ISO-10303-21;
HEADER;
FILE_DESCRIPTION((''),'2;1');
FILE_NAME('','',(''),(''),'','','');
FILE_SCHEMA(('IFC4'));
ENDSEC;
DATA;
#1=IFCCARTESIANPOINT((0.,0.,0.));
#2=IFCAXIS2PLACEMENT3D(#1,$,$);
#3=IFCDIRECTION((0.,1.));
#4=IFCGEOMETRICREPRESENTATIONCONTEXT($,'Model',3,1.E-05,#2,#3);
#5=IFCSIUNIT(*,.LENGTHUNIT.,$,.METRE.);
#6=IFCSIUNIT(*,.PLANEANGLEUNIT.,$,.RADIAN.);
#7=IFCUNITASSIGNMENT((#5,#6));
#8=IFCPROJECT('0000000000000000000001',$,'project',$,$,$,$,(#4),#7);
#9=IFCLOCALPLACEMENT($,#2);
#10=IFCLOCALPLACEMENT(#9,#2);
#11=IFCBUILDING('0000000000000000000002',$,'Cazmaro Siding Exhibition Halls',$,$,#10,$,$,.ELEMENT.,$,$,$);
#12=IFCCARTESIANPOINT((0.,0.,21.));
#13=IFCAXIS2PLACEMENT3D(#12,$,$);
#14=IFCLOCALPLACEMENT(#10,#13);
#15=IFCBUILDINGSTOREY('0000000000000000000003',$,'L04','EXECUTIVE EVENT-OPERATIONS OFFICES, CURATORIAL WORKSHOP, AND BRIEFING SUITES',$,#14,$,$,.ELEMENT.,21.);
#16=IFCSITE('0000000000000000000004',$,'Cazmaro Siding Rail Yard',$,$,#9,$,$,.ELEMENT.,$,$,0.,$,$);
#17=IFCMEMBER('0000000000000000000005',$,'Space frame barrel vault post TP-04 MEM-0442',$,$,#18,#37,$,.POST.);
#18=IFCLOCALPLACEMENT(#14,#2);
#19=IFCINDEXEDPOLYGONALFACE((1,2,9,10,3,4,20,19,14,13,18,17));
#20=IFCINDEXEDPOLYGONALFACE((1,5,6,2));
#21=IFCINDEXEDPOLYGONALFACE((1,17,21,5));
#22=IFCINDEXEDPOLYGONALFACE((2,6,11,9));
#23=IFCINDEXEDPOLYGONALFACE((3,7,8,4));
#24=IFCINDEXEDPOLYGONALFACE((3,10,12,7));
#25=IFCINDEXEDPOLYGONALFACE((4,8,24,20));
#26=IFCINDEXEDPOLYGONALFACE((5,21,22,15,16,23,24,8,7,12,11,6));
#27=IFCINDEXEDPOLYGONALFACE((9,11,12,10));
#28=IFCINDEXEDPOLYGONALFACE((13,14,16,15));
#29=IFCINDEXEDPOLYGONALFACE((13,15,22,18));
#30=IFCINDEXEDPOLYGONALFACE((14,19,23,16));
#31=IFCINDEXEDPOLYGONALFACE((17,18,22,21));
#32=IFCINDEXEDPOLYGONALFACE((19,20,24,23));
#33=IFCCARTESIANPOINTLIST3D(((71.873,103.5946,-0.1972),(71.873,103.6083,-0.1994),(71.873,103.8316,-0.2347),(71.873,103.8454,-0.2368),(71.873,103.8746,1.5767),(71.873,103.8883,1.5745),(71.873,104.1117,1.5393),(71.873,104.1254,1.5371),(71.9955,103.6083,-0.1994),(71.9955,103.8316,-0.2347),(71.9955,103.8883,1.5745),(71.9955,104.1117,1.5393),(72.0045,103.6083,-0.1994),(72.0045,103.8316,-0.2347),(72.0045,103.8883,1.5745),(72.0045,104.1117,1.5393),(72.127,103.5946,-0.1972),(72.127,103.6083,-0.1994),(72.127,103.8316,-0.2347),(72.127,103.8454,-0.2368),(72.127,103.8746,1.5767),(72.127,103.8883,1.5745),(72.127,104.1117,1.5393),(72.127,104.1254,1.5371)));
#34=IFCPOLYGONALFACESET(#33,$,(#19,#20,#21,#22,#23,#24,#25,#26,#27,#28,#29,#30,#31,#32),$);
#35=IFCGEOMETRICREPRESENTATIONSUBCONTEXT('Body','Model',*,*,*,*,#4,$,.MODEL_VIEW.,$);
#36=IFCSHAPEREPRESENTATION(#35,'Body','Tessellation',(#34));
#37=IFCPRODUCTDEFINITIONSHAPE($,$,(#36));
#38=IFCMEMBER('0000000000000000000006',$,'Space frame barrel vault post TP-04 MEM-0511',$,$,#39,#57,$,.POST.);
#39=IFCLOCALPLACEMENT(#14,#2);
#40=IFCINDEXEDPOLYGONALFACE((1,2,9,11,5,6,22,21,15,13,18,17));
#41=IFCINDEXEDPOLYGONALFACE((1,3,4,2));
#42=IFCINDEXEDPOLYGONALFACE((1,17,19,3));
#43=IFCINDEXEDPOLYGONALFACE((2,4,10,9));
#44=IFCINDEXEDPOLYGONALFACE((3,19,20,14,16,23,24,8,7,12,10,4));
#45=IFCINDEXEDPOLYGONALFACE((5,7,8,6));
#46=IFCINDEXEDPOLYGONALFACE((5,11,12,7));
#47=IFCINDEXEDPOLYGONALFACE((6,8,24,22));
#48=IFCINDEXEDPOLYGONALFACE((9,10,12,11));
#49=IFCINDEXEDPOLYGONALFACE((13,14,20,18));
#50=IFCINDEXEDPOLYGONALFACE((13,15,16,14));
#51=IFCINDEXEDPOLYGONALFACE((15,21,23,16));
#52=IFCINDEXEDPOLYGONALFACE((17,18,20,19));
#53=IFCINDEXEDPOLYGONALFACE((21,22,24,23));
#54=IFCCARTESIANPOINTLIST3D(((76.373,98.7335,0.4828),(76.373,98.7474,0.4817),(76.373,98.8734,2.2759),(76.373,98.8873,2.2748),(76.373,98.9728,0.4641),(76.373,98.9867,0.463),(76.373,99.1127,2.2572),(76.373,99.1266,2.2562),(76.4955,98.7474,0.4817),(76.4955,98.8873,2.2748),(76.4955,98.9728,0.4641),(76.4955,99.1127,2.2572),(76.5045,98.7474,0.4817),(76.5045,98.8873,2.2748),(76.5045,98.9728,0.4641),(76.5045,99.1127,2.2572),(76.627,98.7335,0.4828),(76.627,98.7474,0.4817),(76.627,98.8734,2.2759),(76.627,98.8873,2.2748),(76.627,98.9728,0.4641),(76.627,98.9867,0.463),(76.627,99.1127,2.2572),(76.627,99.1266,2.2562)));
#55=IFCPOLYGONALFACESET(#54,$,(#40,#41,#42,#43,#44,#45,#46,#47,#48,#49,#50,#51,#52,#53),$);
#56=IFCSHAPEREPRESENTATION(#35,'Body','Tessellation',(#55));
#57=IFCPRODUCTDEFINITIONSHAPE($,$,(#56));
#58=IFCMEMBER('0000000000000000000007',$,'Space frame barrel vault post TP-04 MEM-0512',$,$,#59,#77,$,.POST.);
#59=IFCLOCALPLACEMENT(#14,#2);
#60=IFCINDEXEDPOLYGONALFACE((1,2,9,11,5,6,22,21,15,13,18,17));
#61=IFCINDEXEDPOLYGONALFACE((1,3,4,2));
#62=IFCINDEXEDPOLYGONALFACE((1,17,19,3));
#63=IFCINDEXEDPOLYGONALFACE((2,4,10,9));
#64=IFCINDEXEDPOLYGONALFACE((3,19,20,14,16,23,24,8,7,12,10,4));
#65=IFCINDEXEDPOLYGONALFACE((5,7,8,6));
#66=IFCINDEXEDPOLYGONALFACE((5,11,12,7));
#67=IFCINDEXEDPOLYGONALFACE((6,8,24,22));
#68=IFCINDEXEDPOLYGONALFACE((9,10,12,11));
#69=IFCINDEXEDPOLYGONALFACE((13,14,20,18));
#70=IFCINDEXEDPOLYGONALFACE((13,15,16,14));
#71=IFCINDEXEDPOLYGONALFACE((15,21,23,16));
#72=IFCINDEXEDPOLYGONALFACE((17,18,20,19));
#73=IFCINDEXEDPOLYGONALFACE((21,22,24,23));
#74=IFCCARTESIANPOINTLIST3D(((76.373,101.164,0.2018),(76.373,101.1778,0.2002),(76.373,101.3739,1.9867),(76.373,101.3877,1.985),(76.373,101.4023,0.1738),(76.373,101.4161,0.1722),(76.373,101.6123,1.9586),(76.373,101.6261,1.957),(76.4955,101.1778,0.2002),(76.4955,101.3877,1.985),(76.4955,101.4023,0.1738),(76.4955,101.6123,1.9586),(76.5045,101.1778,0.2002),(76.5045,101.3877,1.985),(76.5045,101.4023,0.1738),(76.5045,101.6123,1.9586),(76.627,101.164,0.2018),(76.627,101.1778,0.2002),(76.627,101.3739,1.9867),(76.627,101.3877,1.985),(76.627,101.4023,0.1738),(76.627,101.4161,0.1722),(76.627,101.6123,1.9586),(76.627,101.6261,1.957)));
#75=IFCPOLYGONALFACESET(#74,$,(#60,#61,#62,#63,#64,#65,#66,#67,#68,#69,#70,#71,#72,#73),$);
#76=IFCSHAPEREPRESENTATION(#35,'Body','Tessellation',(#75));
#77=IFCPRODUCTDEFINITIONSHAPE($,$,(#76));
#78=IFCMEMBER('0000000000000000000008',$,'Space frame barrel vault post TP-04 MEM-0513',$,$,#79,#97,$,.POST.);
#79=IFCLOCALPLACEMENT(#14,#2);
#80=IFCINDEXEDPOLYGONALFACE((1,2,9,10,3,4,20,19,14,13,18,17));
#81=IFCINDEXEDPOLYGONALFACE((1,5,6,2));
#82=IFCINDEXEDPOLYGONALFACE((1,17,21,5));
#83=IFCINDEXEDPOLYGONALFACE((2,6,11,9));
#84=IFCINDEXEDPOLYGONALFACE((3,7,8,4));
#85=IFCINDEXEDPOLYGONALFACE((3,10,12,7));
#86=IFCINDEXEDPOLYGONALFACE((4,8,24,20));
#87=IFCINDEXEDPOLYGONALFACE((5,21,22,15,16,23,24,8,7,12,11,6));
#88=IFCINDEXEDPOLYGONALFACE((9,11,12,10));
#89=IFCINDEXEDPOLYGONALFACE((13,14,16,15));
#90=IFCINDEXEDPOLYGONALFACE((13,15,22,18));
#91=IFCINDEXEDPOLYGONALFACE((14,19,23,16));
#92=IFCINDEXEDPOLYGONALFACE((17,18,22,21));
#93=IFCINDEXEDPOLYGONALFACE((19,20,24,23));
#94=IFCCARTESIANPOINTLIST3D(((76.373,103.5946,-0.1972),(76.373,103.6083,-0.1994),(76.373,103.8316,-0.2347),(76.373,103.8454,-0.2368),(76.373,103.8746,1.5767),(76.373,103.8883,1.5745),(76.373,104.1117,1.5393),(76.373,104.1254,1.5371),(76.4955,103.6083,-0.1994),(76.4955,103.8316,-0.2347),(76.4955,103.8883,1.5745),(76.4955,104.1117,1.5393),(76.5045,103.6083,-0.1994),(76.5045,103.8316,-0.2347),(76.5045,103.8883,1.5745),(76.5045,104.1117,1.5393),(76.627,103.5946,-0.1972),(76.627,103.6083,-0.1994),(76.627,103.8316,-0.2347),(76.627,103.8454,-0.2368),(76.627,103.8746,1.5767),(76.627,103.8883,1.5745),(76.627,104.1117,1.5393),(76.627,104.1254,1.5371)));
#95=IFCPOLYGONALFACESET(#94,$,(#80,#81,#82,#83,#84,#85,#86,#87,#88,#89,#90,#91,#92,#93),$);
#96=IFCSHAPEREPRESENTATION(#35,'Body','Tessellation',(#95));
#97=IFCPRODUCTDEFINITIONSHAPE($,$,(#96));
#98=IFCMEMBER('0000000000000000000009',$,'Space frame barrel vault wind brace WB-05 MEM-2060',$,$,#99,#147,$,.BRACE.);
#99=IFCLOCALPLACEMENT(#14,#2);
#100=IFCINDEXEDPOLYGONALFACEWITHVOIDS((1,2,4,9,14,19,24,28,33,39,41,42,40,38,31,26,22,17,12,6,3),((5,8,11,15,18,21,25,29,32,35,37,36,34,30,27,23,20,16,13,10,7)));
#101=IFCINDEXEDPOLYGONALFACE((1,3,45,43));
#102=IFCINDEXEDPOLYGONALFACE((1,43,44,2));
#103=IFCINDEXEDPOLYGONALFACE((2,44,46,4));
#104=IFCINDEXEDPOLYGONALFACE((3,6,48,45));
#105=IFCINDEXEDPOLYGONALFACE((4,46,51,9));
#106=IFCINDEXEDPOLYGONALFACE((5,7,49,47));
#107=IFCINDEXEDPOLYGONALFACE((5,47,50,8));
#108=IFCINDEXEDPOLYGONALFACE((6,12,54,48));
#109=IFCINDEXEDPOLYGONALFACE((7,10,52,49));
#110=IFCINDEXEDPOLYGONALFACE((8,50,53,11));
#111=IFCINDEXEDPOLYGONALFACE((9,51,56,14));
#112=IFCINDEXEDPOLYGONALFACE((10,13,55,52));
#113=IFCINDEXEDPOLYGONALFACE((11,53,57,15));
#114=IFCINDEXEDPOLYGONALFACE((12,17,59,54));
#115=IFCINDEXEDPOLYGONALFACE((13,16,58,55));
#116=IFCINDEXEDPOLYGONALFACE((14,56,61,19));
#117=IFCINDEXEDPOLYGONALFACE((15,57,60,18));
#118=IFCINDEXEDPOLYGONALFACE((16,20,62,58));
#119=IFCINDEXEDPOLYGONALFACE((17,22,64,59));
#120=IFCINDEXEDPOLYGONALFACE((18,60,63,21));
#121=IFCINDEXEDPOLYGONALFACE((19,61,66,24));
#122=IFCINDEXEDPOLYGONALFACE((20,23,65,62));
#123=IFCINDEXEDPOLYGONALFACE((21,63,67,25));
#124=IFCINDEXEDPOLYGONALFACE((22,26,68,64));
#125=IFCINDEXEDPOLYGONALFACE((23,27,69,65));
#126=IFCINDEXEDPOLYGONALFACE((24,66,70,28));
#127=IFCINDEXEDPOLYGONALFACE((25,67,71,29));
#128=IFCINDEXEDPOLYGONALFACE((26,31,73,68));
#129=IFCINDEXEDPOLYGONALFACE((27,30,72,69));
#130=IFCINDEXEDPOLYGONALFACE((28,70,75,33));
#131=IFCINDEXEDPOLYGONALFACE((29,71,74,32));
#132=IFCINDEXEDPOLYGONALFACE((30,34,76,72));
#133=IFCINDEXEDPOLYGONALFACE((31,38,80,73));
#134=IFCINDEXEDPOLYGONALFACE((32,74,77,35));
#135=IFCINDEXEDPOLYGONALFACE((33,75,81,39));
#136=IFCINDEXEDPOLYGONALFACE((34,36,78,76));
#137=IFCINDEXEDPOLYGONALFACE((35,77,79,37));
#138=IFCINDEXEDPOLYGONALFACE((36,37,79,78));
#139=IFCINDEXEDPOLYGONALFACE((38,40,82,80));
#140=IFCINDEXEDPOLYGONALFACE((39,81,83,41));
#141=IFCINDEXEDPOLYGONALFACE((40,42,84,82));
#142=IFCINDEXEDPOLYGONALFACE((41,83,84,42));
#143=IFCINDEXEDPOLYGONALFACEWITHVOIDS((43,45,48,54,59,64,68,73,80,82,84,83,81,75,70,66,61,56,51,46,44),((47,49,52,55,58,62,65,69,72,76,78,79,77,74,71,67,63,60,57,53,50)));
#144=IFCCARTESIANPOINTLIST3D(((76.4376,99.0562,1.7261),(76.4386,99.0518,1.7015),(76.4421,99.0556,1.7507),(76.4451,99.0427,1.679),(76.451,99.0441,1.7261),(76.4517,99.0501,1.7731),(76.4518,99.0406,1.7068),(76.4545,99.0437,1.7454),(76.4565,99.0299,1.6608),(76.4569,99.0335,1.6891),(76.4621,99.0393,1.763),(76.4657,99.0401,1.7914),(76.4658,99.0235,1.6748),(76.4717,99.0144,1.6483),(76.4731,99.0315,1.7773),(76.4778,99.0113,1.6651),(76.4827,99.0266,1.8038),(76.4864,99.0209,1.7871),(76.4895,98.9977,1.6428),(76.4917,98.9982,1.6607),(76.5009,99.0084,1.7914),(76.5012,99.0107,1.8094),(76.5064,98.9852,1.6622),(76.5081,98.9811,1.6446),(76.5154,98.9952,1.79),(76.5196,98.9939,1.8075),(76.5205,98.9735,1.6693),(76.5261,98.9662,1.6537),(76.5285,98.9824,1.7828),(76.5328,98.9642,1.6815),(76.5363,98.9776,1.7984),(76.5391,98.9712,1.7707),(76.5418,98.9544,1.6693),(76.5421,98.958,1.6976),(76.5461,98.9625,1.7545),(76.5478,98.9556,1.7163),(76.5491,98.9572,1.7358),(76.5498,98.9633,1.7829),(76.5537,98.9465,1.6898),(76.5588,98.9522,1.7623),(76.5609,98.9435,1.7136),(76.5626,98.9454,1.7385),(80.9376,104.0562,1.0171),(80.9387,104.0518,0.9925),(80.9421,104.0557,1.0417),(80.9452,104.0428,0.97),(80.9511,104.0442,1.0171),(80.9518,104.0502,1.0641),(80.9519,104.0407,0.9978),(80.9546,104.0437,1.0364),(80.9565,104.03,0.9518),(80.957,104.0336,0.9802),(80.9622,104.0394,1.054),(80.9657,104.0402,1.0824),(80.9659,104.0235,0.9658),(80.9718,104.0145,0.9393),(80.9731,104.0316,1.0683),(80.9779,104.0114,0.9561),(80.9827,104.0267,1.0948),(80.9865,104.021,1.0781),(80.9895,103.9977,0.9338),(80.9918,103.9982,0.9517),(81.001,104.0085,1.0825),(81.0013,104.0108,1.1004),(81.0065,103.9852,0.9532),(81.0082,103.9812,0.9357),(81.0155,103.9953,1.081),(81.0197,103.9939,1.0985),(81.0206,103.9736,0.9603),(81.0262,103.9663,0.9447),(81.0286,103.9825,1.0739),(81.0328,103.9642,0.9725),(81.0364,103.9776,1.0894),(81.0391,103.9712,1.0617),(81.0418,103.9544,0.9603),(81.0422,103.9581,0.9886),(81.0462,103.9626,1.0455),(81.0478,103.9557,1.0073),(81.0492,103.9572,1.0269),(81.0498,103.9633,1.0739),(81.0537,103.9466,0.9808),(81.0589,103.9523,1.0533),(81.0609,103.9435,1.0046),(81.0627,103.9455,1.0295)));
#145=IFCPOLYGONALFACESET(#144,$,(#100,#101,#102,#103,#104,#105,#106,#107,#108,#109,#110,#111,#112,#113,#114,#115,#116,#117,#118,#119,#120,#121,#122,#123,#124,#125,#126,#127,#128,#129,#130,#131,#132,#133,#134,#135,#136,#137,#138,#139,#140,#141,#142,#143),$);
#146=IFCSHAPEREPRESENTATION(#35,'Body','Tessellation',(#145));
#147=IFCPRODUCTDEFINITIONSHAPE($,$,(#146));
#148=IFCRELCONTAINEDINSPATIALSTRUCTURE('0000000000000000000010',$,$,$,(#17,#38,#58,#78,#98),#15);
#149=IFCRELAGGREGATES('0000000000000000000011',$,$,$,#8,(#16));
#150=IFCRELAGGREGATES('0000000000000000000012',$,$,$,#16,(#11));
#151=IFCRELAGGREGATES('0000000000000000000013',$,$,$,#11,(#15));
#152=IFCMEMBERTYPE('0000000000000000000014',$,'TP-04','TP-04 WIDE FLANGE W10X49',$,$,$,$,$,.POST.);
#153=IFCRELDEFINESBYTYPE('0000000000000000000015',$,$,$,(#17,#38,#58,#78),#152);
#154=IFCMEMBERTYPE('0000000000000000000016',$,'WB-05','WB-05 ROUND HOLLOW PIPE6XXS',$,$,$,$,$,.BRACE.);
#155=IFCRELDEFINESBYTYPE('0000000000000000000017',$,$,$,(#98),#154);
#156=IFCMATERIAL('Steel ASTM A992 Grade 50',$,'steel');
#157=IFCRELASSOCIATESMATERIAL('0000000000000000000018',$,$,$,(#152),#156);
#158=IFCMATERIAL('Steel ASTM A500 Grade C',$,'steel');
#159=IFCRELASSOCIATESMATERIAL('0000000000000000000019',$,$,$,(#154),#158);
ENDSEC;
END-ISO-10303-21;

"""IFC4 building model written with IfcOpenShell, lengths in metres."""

from ifc_helpers import new_model, si_unit, direction, frame, origin, origin_2d, place, context, subcontext, project, spatial, hollow_circle, i_section, extrude, material, material_profile, profile_set, type_object, element, save


model = new_model("IFC4")

# Units and contexts
model_context = context("Model", 3, precision=1e-05, world=origin(), true_north=direction((0.0, 1.0)))
body_context = subcontext(model_context, "Body", "Model", "MODEL_VIEW")
ifc_project = project(units=[si_unit("LENGTHUNIT", "METRE"), si_unit("PLANEANGLEUNIT", "RADIAN")], contexts=[model_context])

# Site, building, storey
site_placement = place(None, origin())
site = spatial("IfcSite", under=ifc_project, at=site_placement, Name="Cazmaro Siding Rail Yard", CompositionType="ELEMENT", RefElevation=0.0)
building_placement = place(site_placement, origin())
building = spatial("IfcBuilding", under=site, at=building_placement, Name="Cazmaro Siding Exhibition Halls", CompositionType="ELEMENT")
storey_placement = place(building_placement, frame((0.0, 0.0, 21.0)))
storey = spatial("IfcBuildingStorey", under=building, at=storey_placement, Name="L04", Description="EXECUTIVE EVENT-OPERATIONS OFFICES, CURATORIAL WORKSHOP, AND BRIEFING SUITES", CompositionType="ELEMENT", Elevation=21.0)

# Members
ifc_material_1 = material(Name="Steel ASTM A992 Grade 50", Category="steel")
ifc_material_profile_1 = material_profile(ifc_material_1, i_section(OverallWidth=0.2539, OverallDepth=0.2539, WebThickness=0.009, FlangeThickness=0.0139, at=origin_2d()), Name="W10X49")
ifc_profile_set_1 = profile_set([ifc_material_profile_1], Name="Steel ASTM A992 Grade 50")
member_type_1 = type_object("IfcMemberType", Name="TP-04", Description="TP-04 WIDE FLANGE W10X49", PredefinedType="POST", material=ifc_profile_set_1)
member_1_placement = place(storey_placement, frame((72.0, 103.72, -0.217), z_axis=(0.0, 0.155928, 0.987768), x_axis=(-1.0, 0.0, 0.0)))
element("IfcMember", 1, at=member_1_placement, inside=storey, type_object=member_type_1, Name="Space frame barrel vault post TP-04 MEM-0442", PredefinedType="POST", context=body_context, shape_type="SweptSolid", body=[
    extrude(i_section(OverallWidth=0.2539, OverallDepth=0.2539, WebThickness=0.009, FlangeThickness=0.0139, at=origin_2d()), origin(), (0.0, 0.0, 1.0), 1.7959),
])
member_2_placement = place(storey_placement, frame((76.5, 98.8601, 0.4729), z_axis=(0.0, 0.077776, 0.996971), x_axis=(-1.0, 0.0, 0.0)))
element("IfcMember", 2, at=member_2_placement, inside=storey, type_object=member_type_1, Name="Space frame barrel vault post TP-04 MEM-0511", PredefinedType="POST", context=body_context, shape_type="SweptSolid", body=[
    extrude(i_section(OverallWidth=0.2539, OverallDepth=0.2539, WebThickness=0.009, FlangeThickness=0.0139, at=origin_2d()), origin(), (0.0, 0.0, 1.0), 1.7986),
])
member_3_placement = place(storey_placement, frame((76.5, 101.29, 0.187), z_axis=(0.0, 0.116825, 0.993152), x_axis=(-1.0, 0.0, 0.0)))
element("IfcMember", 3, at=member_3_placement, inside=storey, type_object=member_type_1, Name="Space frame barrel vault post TP-04 MEM-0512", PredefinedType="POST", context=body_context, shape_type="SweptSolid", body=[
    extrude(i_section(OverallWidth=0.2539, OverallDepth=0.2539, WebThickness=0.009, FlangeThickness=0.0139, at=origin_2d()), origin(), (0.0, 0.0, 1.0), 1.7971),
])
member_4_placement = place(storey_placement, frame((76.5, 103.72, -0.217), z_axis=(0.0, 0.155928, 0.987768), x_axis=(-1.0, 0.0, 0.0)))
element("IfcMember", 4, at=member_4_placement, inside=storey, type_object=member_type_1, Name="Space frame barrel vault post TP-04 MEM-0513", PredefinedType="POST", context=body_context, shape_type="SweptSolid", body=[
    extrude(i_section(OverallWidth=0.2539, OverallDepth=0.2539, WebThickness=0.009, FlangeThickness=0.0139, at=origin_2d()), origin(), (0.0, 0.0, 1.0), 1.7959),
])
ifc_material_2 = material(Name="Steel ASTM A500 Grade C", Category="steel")
ifc_material_profile_2 = material_profile(ifc_material_2, hollow_circle(Radius=0.084, WallThickness=0.0181, at=origin_2d()), Name="PIPE6XXS")
ifc_profile_set_2 = profile_set([ifc_material_profile_2], Name="Steel ASTM A500 Grade C")
member_type_2 = type_object("IfcMemberType", Name="WB-05", Description="WB-05 ROUND HOLLOW PIPE6XXS", PredefinedType="BRACE", material=ifc_profile_set_2)
member_5_placement = place(storey_placement, frame((76.5, 99.0, 1.7261), z_axis=(0.66528, 0.7392, -0.104816), x_axis=(-0.743294, 0.668965, 0.0)))
element("IfcMember", 5, at=member_5_placement, inside=storey, type_object=member_type_2, Name="Space frame barrel vault wind brace WB-05 MEM-2060", PredefinedType="BRACE", context=body_context, shape_type="SweptSolid", body=[
    extrude(hollow_circle(Radius=0.084, WallThickness=0.0181, at=origin_2d()), origin(), (0.0, 0.0, 1.0), 6.7642),
])

save(model, "model.ifc")
